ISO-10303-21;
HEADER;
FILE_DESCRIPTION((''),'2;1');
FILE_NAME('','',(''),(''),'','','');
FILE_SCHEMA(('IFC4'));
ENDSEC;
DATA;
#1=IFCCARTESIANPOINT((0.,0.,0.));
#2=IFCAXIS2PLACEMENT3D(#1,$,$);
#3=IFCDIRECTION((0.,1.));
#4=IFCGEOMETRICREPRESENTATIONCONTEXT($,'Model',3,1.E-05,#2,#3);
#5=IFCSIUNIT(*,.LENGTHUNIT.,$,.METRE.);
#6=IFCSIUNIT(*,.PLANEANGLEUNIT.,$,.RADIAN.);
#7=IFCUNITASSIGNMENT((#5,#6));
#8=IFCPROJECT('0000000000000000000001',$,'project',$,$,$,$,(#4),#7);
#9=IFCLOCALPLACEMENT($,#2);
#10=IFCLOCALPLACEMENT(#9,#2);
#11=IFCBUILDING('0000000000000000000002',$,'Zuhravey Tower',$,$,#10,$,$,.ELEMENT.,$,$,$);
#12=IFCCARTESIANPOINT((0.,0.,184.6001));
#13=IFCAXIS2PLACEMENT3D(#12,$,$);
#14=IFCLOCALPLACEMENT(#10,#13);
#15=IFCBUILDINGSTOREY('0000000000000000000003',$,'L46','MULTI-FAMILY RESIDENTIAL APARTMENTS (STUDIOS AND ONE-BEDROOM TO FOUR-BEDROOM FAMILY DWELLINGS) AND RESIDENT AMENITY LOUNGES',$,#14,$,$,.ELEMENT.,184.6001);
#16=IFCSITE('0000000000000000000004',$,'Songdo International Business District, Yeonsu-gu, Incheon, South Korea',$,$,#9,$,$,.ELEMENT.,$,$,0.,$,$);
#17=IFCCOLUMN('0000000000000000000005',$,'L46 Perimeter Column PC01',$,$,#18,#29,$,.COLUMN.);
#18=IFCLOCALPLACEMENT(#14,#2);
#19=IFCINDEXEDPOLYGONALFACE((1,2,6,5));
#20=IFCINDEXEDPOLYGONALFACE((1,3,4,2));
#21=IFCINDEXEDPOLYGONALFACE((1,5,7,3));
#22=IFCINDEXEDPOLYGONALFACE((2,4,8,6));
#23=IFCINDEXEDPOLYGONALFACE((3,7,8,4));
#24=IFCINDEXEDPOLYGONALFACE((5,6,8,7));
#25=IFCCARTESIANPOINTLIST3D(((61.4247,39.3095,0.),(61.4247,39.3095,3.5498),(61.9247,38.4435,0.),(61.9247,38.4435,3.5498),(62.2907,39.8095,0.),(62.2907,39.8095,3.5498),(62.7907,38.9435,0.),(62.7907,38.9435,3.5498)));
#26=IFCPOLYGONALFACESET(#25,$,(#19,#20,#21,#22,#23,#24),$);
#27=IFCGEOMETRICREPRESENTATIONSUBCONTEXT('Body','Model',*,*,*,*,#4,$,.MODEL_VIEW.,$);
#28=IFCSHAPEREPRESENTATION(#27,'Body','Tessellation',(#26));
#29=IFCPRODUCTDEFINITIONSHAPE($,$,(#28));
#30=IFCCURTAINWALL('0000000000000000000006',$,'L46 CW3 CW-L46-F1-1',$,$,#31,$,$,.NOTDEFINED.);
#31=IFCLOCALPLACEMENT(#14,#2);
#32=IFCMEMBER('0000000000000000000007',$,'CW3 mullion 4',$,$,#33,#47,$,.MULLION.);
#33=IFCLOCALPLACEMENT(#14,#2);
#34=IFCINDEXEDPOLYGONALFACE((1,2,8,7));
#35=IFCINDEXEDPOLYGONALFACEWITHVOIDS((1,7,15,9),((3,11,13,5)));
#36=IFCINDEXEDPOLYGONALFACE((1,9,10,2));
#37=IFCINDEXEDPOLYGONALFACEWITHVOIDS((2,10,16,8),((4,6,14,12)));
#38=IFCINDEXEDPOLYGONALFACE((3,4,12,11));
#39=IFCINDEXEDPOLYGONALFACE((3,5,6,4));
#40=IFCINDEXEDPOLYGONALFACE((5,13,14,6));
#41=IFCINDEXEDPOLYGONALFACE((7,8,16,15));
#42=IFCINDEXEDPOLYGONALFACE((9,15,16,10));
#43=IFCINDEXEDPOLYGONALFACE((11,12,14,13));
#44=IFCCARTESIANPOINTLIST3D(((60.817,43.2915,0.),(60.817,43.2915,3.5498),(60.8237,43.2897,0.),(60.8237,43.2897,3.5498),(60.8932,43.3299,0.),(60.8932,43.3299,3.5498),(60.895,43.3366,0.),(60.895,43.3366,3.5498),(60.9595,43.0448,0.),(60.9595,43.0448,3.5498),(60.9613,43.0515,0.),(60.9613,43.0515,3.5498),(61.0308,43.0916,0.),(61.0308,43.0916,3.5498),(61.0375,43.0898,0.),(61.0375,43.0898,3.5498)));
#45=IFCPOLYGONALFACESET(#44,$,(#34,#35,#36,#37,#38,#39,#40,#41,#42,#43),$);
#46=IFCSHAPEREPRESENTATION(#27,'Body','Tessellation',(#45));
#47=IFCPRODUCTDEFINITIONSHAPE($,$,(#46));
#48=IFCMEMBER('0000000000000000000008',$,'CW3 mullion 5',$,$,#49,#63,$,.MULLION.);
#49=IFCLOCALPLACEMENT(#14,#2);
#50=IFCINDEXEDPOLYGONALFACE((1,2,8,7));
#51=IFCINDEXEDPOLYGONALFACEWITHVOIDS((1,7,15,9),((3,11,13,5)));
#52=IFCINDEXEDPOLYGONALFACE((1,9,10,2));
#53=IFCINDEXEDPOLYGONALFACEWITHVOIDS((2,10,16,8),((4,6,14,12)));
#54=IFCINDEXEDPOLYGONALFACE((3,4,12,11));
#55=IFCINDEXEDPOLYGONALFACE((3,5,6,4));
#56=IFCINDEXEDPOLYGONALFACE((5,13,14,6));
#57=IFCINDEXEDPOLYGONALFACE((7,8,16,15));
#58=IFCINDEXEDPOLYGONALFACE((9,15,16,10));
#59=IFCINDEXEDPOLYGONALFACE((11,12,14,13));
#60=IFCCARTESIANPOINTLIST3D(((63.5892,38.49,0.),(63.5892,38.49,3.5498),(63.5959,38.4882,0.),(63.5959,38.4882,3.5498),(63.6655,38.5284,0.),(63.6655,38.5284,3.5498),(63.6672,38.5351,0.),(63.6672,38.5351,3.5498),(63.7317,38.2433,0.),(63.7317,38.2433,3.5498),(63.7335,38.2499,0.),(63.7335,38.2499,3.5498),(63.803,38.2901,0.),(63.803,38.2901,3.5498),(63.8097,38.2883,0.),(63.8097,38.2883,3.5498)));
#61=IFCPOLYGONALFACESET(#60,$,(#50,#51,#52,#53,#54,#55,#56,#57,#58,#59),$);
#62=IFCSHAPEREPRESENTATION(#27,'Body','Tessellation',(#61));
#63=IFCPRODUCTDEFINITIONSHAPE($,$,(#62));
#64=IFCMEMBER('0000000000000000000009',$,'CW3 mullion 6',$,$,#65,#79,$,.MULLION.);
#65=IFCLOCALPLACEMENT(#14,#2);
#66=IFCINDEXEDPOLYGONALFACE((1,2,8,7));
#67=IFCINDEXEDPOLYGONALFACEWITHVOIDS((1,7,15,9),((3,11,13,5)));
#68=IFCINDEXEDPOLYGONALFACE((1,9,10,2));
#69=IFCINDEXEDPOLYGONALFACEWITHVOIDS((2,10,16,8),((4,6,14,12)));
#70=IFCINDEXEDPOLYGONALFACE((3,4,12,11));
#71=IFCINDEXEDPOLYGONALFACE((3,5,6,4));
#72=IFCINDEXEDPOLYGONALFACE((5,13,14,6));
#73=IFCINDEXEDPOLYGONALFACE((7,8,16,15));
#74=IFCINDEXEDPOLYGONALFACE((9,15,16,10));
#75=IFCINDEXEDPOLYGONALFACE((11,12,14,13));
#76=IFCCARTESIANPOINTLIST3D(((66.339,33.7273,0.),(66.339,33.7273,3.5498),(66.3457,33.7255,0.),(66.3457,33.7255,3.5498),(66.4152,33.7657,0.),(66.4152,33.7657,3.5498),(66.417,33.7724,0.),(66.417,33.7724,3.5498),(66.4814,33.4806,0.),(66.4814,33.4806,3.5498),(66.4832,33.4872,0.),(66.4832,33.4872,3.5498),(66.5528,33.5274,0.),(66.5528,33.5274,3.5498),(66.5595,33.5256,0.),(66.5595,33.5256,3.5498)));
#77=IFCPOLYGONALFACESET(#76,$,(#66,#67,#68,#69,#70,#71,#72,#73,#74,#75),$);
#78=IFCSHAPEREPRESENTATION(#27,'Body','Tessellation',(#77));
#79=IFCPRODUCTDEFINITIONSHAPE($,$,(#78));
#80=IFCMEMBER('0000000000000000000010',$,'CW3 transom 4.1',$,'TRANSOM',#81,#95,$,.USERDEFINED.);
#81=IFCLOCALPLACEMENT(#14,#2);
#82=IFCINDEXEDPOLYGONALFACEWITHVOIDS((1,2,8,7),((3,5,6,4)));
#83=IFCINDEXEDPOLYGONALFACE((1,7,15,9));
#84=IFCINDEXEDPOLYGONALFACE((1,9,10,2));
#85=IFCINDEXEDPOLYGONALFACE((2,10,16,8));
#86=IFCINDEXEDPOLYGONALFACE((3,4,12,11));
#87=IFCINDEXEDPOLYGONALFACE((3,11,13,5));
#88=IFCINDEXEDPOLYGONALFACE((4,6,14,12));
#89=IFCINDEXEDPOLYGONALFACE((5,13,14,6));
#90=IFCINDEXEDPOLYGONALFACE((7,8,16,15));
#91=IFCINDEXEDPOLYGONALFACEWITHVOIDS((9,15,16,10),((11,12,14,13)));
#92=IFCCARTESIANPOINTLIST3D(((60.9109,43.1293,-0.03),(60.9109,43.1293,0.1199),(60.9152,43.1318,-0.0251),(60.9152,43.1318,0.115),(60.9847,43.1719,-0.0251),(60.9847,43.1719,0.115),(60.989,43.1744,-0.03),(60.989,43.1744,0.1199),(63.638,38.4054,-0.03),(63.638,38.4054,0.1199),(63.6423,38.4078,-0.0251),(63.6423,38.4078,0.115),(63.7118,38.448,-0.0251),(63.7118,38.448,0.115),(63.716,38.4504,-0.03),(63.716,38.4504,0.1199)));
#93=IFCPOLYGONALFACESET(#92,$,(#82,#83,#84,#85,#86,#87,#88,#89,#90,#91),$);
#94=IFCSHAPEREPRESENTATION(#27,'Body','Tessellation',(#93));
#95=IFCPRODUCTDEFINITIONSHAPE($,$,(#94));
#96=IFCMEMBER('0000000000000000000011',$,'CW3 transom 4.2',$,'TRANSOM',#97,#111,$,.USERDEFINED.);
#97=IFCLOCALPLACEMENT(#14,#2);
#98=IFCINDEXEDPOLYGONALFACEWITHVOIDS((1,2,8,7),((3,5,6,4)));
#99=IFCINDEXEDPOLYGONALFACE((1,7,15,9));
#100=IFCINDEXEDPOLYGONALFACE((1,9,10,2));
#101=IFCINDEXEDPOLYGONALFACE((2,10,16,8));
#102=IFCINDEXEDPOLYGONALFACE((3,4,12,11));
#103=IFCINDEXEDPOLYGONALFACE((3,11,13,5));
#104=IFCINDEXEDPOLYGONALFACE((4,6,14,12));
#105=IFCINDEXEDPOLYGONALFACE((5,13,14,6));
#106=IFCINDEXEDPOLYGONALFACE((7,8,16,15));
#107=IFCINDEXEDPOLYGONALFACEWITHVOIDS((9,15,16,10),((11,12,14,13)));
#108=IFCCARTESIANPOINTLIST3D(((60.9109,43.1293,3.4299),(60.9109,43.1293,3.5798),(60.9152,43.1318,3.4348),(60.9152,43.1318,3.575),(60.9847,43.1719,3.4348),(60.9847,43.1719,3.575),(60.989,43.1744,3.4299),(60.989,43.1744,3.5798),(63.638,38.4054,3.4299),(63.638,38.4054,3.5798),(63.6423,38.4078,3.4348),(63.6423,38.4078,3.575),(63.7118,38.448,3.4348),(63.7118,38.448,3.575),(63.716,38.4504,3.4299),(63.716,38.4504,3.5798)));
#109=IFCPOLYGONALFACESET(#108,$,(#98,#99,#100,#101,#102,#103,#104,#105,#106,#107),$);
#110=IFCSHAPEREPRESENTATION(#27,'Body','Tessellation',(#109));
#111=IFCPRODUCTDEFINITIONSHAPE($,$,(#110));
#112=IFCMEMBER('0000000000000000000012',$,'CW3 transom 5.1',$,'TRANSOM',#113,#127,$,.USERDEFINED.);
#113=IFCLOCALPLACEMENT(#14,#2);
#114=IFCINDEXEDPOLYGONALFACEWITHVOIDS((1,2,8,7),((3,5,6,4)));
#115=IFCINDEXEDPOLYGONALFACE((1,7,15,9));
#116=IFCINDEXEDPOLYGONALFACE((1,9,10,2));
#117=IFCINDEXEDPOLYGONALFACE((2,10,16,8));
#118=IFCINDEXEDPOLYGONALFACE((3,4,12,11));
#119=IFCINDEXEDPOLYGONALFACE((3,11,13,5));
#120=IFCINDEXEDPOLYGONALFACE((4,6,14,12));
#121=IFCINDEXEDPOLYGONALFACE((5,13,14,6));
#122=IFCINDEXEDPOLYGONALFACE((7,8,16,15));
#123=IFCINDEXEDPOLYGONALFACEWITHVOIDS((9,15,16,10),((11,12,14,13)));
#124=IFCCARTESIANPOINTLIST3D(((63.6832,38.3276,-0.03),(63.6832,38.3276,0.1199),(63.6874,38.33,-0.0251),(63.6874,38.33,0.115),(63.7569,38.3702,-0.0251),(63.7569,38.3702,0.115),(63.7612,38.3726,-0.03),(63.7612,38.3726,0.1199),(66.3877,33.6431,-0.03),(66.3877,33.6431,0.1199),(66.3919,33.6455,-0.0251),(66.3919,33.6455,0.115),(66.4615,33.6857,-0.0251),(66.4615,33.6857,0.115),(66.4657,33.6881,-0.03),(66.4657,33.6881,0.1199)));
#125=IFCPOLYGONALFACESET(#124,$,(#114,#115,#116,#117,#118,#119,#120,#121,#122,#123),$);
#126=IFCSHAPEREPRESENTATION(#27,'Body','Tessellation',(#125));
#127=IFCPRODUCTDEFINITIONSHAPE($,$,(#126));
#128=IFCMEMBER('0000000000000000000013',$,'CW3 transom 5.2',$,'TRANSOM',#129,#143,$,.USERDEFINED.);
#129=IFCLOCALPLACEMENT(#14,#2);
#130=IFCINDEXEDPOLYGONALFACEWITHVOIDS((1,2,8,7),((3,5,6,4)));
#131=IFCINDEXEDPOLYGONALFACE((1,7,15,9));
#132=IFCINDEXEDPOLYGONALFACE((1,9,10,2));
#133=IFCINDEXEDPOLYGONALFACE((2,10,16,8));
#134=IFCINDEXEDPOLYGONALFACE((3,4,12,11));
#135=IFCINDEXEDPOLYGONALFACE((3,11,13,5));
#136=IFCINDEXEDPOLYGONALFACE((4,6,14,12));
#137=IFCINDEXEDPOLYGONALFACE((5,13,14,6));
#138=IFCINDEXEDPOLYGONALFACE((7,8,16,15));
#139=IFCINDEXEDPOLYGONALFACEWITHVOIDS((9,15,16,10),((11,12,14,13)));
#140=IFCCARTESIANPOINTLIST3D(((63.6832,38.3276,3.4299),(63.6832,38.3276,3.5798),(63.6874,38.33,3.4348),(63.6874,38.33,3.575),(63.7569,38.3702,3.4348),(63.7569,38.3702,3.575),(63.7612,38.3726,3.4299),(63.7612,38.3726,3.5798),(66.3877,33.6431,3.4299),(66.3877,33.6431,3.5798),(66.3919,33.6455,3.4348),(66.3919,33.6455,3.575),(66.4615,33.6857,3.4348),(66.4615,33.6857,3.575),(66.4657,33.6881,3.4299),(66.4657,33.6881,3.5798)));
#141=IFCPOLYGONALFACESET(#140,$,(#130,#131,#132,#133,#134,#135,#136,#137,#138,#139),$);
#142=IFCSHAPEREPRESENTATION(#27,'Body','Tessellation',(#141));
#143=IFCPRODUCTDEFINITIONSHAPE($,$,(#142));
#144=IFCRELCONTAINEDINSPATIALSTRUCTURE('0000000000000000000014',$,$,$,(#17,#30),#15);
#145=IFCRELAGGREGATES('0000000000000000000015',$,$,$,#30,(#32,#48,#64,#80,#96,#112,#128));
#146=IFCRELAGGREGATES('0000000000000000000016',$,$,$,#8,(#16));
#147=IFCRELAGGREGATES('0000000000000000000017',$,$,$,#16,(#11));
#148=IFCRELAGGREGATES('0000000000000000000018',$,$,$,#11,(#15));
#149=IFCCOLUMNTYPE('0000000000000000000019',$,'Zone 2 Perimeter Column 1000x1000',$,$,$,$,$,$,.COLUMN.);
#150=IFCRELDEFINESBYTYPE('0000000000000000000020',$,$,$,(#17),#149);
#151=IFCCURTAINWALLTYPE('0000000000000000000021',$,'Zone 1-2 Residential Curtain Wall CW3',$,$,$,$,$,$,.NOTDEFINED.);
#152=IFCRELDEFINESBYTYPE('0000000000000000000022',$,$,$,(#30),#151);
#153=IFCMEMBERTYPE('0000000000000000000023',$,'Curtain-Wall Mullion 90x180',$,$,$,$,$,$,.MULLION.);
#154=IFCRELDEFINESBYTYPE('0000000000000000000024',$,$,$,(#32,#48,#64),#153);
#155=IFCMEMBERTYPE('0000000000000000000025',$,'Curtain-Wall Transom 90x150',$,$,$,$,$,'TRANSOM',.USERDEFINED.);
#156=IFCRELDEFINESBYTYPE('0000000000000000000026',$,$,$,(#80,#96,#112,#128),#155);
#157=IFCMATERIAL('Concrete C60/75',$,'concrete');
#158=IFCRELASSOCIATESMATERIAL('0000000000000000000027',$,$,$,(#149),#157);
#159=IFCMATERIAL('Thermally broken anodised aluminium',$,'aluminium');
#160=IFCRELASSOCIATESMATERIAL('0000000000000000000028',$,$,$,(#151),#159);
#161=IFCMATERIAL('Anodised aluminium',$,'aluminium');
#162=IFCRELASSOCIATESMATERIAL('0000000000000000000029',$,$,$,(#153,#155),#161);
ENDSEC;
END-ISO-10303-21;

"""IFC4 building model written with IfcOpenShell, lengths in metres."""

from ifc_helpers import new_model, si_unit, direction, frame, origin, origin_2d, place, context, subcontext, project, spatial, rectangle, hollow_rectangle, extrude, material, material_profile, profile_set, type_object, element, aggregate, save


model = new_model("IFC4")

# Units and contexts
model_context = context("Model", 3, precision=1e-05, world=origin(), true_north=direction((0.0, 1.0)))
body_context = subcontext(model_context, "Body", "Model", "MODEL_VIEW")
ifc_project = project(units=[si_unit("LENGTHUNIT", "METRE"), si_unit("PLANEANGLEUNIT", "RADIAN")], contexts=[model_context])

# Site, building, storey
site_placement = place(None, origin())
site = spatial("IfcSite", under=ifc_project, at=site_placement, Name="Songdo International Business District, Yeonsu-gu, Incheon, South Korea", CompositionType="ELEMENT", RefElevation=0.0)
building_placement = place(site_placement, origin())
building = spatial("IfcBuilding", under=site, at=building_placement, Name="Zuhravey Tower", CompositionType="ELEMENT")
storey_placement = place(building_placement, frame((0.0, 0.0, 184.6001)))
storey = spatial("IfcBuildingStorey", under=building, at=storey_placement, Name="L46", Description="MULTI-FAMILY RESIDENTIAL APARTMENTS (STUDIOS AND ONE-BEDROOM TO FOUR-BEDROOM FAMILY DWELLINGS) AND RESIDENT AMENITY LOUNGES", CompositionType="ELEMENT", Elevation=184.6001)

# Column
ifc_material_1 = material(Name="Concrete C60/75", Category="concrete")
ifc_material_profile_1 = material_profile(ifc_material_1, rectangle(XDim=1.0, YDim=1.0, at=origin_2d()), Name="RC-1000x1000")
ifc_profile_set_1 = profile_set([ifc_material_profile_1], Name="Concrete C60/75")
column_type = type_object("IfcColumnType", Name="Zone 2 Perimeter Column 1000x1000", PredefinedType="COLUMN", material=ifc_profile_set_1)
column_placement = place(storey_placement, frame((62.1077, 39.1265, 0.0), z_axis=(0.0, 0.0, 1.0), x_axis=(-0.5, 0.866025, 0.0)))
element("IfcColumn", 1, at=column_placement, inside=storey, type_object=column_type, Name="L46 Perimeter Column PC01", PredefinedType="COLUMN", context=body_context, shape_type="SweptSolid", body=[
    extrude(rectangle(XDim=1.0, YDim=1.0, at=origin_2d()), origin(), (0.0, 0.0, 1.0), 3.5498),
])

# Curtain wall, members
ifc_material_2 = material(Name="Thermally broken anodised aluminium", Category="aluminium")
curtain_wall_type = type_object("IfcCurtainWallType", Name="Zone 1-2 Residential Curtain Wall CW3", PredefinedType="NOTDEFINED", material=ifc_material_2)
curtain_wall_placement = place(storey_placement, origin())
curtain_wall = element("IfcCurtainWall", 2, at=curtain_wall_placement, inside=storey, type_object=curtain_wall_type, Name="L46 CW3 CW-L46-F1-1", PredefinedType="NOTDEFINED")
ifc_material_3 = material(Name="Anodised aluminium", Category="aluminium")
ifc_material_profile_2 = material_profile(ifc_material_3, hollow_rectangle(XDim=0.0901, YDim=0.2849, WallThickness=0.0049, at=origin_2d()), Name="ALU-RHS-90x285x5")
ifc_profile_set_2 = profile_set([ifc_material_profile_2], Name="Anodised aluminium")
member_type_1 = type_object("IfcMemberType", Name="Curtain-Wall Mullion 90x180", PredefinedType="MULLION", material=ifc_profile_set_2)
member_1_placement = place(storey_placement, frame((60.9272, 43.1907, 0.0), z_axis=(0.0, 0.0, 1.0), x_axis=(0.866025, 0.5, 0.0)))
member_1 = element("IfcMember", 3, at=member_1_placement, type_object=member_type_1, Name="CW3 mullion 4", PredefinedType="MULLION", context=body_context, shape_type="SweptSolid", body=[
    extrude(hollow_rectangle(XDim=0.0901, YDim=0.2849, WallThickness=0.0049, at=origin_2d()), origin(), (0.0, 0.0, 1.0), 3.5498),
])
member_2_placement = place(storey_placement, frame((63.6995, 38.3892, 0.0), z_axis=(0.0, 0.0, 1.0), x_axis=(0.866025, 0.5, 0.0)))
member_2 = element("IfcMember", 4, at=member_2_placement, type_object=member_type_1, Name="CW3 mullion 5", PredefinedType="MULLION", context=body_context, shape_type="SweptSolid", body=[
    extrude(hollow_rectangle(XDim=0.0901, YDim=0.2849, WallThickness=0.0049, at=origin_2d()), origin(), (0.0, 0.0, 1.0), 3.5498),
])
member_3_placement = place(storey_placement, frame((66.4492, 33.6265, 0.0), z_axis=(0.0, 0.0, 1.0), x_axis=(0.866025, 0.5, 0.0)))
member_3 = element("IfcMember", 5, at=member_3_placement, type_object=member_type_1, Name="CW3 mullion 6", PredefinedType="MULLION", context=body_context, shape_type="SweptSolid", body=[
    extrude(hollow_rectangle(XDim=0.0901, YDim=0.2849, WallThickness=0.0049, at=origin_2d()), origin(), (0.0, 0.0, 1.0), 3.5498),
])
ifc_material_profile_3 = material_profile(ifc_material_3, hollow_rectangle(XDim=0.0901, YDim=0.1499, WallThickness=0.0049, at=origin_2d()), Name="ALU-RHS-90x150x5")
ifc_profile_set_3 = profile_set([ifc_material_profile_3], Name="Anodised aluminium")
member_type_2 = type_object("IfcMemberType", Name="Curtain-Wall Transom 90x150", ElementType="TRANSOM", PredefinedType="USERDEFINED", material=ifc_profile_set_3)
member_4_placement = place(storey_placement, frame((60.95, 43.1519, 0.0449), z_axis=(0.499961, -0.866048, 0.0), x_axis=(0.866048, 0.499961, 0.0)))
member_4 = element("IfcMember", 6, at=member_4_placement, type_object=member_type_2, Name="CW3 transom 4.1", ObjectType="TRANSOM", PredefinedType="USERDEFINED", context=body_context, shape_type="SweptSolid", body=[
    extrude(hollow_rectangle(XDim=0.0901, YDim=0.1499, WallThickness=0.0049, at=origin_2d()), origin(), (0.0, 0.0, 1.0), 5.4546),
])
member_5_placement = place(storey_placement, frame((60.95, 43.1519, 3.5049), z_axis=(0.499961, -0.866048, 0.0), x_axis=(0.866048, 0.499961, 0.0)))
member_5 = element("IfcMember", 7, at=member_5_placement, type_object=member_type_2, Name="CW3 transom 4.2", ObjectType="TRANSOM", PredefinedType="USERDEFINED", context=body_context, shape_type="SweptSolid", body=[
    extrude(hollow_rectangle(XDim=0.0901, YDim=0.1499, WallThickness=0.0049, at=origin_2d()), origin(), (0.0, 0.0, 1.0), 5.4546),
])
member_6_placement = place(storey_placement, frame((63.7222, 38.3501, 0.0449), z_axis=(0.499993, -0.866029, 0.0), x_axis=(0.866029, 0.499993, 0.0)))
member_6 = element("IfcMember", 8, at=member_6_placement, type_object=member_type_2, Name="CW3 transom 5.1", ObjectType="TRANSOM", PredefinedType="USERDEFINED", context=body_context, shape_type="SweptSolid", body=[
    extrude(hollow_rectangle(XDim=0.0901, YDim=0.1499, WallThickness=0.0049, at=origin_2d()), origin(), (0.0, 0.0, 1.0), 5.4092),
])
member_7_placement = place(storey_placement, frame((63.7222, 38.3501, 3.5049), z_axis=(0.499993, -0.866029, 0.0), x_axis=(0.866029, 0.499993, 0.0)))
member_7 = element("IfcMember", 9, at=member_7_placement, type_object=member_type_2, Name="CW3 transom 5.2", ObjectType="TRANSOM", PredefinedType="USERDEFINED", context=body_context, shape_type="SweptSolid", body=[
    extrude(hollow_rectangle(XDim=0.0901, YDim=0.1499, WallThickness=0.0049, at=origin_2d()), origin(), (0.0, 0.0, 1.0), 5.4092),
])

aggregate(curtain_wall, [member_1, member_2, member_3, member_4, member_5, member_6, member_7])

save(model, "model.ifc")
